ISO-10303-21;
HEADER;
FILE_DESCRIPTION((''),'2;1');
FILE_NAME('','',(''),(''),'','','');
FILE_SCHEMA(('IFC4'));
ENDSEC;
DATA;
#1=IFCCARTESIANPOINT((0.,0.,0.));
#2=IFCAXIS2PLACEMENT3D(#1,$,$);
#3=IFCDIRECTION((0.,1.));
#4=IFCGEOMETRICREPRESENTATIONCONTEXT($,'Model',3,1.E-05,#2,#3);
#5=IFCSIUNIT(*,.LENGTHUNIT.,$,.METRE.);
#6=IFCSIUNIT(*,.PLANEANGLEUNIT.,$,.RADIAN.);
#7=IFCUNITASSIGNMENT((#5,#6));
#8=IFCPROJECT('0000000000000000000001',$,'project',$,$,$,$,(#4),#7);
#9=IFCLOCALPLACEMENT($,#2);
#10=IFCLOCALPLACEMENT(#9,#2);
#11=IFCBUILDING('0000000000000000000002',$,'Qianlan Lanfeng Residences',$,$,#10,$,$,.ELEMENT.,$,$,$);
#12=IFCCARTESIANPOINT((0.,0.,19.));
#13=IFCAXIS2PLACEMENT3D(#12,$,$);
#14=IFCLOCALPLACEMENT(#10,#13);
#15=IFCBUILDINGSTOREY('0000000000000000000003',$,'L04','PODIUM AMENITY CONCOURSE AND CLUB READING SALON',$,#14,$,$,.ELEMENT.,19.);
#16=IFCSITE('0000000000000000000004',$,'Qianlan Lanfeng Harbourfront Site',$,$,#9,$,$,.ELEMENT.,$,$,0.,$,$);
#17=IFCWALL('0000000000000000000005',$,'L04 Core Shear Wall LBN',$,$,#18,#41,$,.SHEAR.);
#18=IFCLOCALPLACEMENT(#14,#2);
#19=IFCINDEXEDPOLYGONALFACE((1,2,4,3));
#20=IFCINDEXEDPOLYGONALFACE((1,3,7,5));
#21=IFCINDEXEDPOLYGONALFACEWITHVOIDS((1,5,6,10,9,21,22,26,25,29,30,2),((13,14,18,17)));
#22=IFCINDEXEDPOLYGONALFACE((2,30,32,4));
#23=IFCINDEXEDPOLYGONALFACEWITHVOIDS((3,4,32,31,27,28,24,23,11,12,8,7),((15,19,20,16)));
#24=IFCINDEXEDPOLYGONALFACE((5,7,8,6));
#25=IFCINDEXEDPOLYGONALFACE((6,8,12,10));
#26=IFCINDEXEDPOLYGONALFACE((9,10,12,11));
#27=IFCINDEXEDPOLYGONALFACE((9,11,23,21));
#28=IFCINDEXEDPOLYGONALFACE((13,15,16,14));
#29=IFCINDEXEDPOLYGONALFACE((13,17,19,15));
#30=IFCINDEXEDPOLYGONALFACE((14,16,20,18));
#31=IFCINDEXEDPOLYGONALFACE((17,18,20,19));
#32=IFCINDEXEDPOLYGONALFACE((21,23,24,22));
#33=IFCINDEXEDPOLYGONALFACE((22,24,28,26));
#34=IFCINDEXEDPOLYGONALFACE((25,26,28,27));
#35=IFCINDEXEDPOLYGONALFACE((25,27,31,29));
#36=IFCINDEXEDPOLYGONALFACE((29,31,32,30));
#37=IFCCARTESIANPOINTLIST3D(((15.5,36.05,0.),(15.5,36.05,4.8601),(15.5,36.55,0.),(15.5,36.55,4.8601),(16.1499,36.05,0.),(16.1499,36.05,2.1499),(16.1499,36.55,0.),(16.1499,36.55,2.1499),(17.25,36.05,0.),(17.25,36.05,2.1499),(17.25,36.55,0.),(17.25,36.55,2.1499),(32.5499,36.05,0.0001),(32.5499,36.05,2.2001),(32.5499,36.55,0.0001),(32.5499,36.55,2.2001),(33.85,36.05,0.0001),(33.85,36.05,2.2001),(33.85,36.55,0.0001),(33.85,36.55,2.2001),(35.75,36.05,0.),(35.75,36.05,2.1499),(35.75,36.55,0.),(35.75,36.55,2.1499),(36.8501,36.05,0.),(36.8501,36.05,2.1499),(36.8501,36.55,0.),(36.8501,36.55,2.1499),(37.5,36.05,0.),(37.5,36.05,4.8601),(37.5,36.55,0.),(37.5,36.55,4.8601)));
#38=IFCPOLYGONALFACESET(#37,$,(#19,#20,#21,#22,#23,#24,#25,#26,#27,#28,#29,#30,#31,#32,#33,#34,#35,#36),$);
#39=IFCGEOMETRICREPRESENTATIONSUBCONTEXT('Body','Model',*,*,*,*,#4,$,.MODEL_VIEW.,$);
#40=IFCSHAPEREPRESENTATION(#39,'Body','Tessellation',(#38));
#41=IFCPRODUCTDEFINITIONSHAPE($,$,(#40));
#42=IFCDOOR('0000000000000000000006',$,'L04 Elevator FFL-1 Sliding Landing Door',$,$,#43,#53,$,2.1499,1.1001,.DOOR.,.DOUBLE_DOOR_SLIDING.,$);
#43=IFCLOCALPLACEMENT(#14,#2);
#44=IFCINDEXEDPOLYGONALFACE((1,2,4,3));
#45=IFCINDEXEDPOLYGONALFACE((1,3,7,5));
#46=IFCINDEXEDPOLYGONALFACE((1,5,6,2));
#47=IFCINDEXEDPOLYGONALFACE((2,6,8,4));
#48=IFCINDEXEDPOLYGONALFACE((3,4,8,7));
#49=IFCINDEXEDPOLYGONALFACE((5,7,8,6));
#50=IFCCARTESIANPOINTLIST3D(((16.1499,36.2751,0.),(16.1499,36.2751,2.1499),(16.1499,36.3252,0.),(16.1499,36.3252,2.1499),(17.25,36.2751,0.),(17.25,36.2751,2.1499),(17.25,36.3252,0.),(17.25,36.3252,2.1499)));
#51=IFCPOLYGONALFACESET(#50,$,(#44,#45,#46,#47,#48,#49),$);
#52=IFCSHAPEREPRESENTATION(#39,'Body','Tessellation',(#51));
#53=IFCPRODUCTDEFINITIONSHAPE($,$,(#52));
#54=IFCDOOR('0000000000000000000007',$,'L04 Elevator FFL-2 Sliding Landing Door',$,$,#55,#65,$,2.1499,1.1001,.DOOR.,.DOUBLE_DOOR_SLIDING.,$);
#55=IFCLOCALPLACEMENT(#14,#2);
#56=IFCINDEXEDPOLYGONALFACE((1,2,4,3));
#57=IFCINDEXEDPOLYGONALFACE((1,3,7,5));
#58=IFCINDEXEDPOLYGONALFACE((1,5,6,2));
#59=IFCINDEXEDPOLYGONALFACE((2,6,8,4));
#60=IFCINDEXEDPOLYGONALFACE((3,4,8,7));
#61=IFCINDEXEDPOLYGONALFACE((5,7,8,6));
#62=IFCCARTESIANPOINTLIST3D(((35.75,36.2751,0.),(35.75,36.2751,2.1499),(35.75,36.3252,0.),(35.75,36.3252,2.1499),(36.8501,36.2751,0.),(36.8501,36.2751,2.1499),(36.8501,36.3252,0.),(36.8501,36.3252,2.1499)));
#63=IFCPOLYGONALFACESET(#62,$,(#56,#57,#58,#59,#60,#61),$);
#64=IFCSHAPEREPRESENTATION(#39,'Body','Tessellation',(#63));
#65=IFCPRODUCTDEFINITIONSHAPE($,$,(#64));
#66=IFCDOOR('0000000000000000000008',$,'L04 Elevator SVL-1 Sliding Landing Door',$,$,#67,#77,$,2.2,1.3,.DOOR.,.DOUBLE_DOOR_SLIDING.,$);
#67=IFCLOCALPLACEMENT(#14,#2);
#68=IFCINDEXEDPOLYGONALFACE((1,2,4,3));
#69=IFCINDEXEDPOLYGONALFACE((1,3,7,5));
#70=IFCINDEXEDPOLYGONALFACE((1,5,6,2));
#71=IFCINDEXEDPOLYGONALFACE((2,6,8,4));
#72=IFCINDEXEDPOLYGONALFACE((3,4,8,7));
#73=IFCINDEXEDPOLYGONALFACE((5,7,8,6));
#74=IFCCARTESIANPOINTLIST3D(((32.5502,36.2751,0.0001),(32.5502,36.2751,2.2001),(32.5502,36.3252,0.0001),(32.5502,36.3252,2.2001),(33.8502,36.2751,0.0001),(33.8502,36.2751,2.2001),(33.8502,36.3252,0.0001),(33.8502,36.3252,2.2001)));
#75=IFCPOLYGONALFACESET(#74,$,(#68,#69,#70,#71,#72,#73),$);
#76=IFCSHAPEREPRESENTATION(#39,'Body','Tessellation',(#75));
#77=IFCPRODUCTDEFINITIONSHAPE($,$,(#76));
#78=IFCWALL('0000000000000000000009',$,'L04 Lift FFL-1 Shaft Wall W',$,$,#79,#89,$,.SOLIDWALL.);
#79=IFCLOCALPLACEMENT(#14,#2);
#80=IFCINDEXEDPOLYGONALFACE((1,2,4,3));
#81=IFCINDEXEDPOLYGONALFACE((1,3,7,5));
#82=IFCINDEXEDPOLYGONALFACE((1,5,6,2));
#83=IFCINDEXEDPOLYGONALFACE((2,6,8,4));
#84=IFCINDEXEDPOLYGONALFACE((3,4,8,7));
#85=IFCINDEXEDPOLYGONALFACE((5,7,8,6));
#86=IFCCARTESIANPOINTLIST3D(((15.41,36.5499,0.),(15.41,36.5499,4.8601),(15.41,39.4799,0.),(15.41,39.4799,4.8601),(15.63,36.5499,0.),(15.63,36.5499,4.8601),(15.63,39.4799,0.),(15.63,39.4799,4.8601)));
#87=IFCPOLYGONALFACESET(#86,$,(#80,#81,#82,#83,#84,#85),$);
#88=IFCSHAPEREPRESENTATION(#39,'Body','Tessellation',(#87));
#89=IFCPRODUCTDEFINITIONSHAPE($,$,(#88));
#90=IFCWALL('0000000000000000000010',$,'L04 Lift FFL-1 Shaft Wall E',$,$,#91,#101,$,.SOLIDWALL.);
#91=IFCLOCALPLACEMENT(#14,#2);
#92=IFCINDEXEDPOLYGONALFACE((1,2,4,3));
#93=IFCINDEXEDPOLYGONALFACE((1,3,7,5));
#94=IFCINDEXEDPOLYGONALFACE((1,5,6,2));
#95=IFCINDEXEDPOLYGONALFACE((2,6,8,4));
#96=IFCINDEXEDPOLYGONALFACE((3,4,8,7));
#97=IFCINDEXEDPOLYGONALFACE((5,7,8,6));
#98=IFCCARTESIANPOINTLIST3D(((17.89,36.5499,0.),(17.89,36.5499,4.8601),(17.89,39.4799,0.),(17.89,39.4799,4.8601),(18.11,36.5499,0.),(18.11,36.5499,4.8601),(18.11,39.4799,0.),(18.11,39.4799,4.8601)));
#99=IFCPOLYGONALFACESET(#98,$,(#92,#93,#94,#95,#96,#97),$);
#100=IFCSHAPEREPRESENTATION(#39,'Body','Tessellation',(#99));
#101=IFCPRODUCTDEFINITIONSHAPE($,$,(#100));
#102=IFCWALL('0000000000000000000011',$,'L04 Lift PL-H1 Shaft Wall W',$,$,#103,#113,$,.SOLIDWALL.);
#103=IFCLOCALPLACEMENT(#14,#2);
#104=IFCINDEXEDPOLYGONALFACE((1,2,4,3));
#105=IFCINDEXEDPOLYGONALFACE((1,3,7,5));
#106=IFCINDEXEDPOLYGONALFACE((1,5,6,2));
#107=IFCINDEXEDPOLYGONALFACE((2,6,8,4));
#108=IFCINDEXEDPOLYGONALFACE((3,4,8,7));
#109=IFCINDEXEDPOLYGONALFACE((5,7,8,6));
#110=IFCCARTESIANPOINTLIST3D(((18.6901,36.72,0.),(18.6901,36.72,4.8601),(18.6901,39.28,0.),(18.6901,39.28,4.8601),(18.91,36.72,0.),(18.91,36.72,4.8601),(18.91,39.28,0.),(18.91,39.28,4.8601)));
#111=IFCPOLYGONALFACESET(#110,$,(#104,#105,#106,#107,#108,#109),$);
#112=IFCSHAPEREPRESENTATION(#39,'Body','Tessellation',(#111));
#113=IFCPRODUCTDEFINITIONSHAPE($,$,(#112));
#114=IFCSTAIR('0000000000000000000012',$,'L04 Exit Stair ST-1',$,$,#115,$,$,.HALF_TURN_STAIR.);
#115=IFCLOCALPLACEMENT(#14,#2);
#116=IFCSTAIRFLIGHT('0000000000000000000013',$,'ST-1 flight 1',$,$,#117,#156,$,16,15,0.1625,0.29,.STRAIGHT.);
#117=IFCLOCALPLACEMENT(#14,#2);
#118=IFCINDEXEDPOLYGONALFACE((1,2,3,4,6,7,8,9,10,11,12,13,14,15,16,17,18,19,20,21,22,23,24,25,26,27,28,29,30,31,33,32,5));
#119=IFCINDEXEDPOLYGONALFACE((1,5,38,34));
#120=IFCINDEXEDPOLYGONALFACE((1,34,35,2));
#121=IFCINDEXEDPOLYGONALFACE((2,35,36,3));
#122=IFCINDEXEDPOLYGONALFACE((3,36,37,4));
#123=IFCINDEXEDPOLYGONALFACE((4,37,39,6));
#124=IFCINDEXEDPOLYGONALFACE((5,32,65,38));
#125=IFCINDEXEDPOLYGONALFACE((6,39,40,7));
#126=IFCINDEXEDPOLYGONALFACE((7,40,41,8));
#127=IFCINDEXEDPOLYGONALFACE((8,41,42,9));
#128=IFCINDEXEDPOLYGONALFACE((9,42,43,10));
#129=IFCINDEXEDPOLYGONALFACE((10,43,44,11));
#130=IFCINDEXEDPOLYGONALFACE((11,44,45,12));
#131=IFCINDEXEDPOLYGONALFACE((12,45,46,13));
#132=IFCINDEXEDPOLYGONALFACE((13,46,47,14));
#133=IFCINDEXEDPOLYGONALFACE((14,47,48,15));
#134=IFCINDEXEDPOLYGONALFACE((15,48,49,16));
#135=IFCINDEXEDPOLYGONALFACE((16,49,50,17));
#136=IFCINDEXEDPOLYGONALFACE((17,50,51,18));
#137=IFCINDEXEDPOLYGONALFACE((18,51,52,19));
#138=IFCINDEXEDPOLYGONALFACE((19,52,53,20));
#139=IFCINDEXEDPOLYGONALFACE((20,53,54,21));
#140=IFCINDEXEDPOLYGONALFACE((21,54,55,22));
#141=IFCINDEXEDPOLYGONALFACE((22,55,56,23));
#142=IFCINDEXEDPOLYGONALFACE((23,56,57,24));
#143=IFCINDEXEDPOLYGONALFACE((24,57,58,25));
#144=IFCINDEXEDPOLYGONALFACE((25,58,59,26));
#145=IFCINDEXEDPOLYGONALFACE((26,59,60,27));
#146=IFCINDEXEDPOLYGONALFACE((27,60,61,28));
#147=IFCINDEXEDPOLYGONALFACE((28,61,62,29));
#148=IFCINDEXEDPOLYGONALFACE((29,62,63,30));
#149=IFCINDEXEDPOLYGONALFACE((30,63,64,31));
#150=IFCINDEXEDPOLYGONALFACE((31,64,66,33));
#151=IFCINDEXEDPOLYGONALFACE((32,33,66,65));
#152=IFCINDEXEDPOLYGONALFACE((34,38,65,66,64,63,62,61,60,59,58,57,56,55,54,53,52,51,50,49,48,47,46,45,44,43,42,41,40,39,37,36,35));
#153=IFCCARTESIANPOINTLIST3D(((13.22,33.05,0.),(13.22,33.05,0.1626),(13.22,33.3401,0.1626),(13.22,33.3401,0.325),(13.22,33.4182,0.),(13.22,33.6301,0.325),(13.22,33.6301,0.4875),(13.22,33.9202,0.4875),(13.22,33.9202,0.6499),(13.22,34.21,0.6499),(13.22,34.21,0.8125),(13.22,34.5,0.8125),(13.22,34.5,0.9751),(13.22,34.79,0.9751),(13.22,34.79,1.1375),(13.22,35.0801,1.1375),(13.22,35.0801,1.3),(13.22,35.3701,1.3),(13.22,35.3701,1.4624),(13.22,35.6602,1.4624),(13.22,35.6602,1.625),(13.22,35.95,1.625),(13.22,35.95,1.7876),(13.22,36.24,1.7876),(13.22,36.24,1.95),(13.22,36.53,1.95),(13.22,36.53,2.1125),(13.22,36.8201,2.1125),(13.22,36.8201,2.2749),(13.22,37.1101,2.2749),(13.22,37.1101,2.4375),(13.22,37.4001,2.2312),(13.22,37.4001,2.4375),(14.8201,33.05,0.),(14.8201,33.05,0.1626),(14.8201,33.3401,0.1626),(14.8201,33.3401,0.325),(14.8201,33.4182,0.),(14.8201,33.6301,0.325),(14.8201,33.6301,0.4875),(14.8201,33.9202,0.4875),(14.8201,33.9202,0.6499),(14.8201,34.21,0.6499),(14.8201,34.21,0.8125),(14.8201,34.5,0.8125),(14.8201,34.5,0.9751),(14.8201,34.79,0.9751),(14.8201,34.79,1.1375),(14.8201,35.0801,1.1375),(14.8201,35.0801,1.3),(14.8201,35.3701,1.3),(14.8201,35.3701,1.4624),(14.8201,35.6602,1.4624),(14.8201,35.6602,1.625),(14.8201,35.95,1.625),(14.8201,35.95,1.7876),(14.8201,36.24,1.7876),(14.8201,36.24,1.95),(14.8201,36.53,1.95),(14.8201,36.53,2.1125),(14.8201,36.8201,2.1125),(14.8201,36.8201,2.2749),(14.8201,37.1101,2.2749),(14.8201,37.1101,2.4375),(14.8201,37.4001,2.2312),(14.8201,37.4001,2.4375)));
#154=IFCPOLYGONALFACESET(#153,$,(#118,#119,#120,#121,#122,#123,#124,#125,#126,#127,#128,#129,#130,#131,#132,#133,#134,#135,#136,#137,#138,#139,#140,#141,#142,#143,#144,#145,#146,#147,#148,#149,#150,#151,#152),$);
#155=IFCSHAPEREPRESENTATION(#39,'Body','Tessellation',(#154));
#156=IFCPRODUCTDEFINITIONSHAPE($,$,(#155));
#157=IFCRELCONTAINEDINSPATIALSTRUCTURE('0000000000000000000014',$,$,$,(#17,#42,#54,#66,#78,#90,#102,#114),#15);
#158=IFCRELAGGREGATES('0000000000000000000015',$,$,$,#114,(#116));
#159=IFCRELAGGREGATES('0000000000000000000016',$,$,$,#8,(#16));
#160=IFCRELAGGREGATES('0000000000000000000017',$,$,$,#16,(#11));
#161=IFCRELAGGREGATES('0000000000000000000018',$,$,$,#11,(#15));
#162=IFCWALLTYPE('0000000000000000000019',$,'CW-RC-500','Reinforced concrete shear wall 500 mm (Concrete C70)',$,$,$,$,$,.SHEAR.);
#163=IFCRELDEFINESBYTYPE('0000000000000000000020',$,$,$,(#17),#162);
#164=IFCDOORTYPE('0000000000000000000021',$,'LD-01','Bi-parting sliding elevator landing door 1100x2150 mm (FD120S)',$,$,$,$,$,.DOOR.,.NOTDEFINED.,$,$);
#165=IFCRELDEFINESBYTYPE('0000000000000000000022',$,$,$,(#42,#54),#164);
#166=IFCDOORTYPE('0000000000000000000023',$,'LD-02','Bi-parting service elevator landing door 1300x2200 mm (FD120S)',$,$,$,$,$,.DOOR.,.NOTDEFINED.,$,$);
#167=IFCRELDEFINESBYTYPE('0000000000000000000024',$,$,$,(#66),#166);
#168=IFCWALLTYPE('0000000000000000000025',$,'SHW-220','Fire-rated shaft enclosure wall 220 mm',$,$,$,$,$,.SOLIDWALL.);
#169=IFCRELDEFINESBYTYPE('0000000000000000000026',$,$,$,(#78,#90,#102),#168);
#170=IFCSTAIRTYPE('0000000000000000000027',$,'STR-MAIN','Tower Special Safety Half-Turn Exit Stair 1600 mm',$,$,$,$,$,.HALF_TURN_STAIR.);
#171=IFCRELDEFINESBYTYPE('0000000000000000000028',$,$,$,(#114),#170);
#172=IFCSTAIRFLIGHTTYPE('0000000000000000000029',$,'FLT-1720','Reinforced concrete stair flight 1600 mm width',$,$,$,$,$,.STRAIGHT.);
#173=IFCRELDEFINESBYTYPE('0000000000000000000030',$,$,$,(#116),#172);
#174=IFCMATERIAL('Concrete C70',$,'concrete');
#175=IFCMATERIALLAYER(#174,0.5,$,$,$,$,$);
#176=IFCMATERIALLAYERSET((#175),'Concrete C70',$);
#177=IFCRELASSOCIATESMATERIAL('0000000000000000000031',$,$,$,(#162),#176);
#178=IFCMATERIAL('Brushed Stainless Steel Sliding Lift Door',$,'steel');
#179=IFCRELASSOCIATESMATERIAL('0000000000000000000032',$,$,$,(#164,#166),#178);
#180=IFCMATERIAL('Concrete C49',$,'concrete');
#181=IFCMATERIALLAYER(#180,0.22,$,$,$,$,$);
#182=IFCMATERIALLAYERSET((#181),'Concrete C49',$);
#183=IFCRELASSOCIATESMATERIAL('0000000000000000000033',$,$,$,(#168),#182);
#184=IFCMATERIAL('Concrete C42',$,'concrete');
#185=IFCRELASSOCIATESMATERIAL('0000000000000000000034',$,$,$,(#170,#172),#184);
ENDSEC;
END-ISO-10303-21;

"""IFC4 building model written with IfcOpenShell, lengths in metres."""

from ifc_helpers import new_model, si_unit, direction, frame, frame_2d, origin, place, context, subcontext, project, spatial, polyline, rectangle, outline, extrude, material, layer, layer_set, type_object, element, fill, aggregate, save


model = new_model("IFC4")

# Units and contexts
model_context = context("Model", 3, precision=1e-05, world=origin(), true_north=direction((0.0, 1.0)))
body_context = subcontext(model_context, "Body", "Model", "MODEL_VIEW")
ifc_project = project(units=[si_unit("LENGTHUNIT", "METRE"), si_unit("PLANEANGLEUNIT", "RADIAN")], contexts=[model_context])

# Site, building, storey
site_placement = place(None, origin())
site = spatial("IfcSite", under=ifc_project, at=site_placement, Name="Qianlan Lanfeng Harbourfront Site", CompositionType="ELEMENT", RefElevation=0.0)
building_placement = place(site_placement, origin())
building = spatial("IfcBuilding", under=site, at=building_placement, Name="Qianlan Lanfeng Residences", CompositionType="ELEMENT")
storey_placement = place(building_placement, frame((0.0, 0.0, 19.0)))
storey = spatial("IfcBuildingStorey", under=building, at=storey_placement, Name="L04", Description="PODIUM AMENITY CONCOURSE AND CLUB READING SALON", CompositionType="ELEMENT", Elevation=19.0)

# Wall, openings, doors
ifc_material_1 = material(Name="Concrete C70", Category="concrete")
ifc_layer_1 = layer(ifc_material_1, 0.5)
ifc_layer_set_1 = layer_set([ifc_layer_1], Name="Concrete C70")
wall_type_1 = type_object("IfcWallType", Name="CW-RC-500", Description="Reinforced concrete shear wall 500 mm (Concrete C70)", PredefinedType="SHEAR", material=ifc_layer_set_1)
wall_1_placement = place(storey_placement, frame((15.5, 36.3, 0.0), z_axis=(0.0, 0.0, 1.0), x_axis=(1.0, 0.0, 0.0)))
wall_1 = element("IfcWall", 1, at=wall_1_placement, inside=storey, type_object=wall_type_1, Name="L04 Core Shear Wall LBN", PredefinedType="SHEAR", context=body_context, shape_type="SweptSolid", body=[
    extrude(rectangle(XDim=22.0, YDim=0.5, at=frame_2d((11.0, 0.0))), origin(), (0.0, 0.0, 1.0), 4.8601),
])
opening_1_placement = place(wall_1_placement, frame((0.6499, 0.0, 0.0)))
opening_1 = element("IfcOpeningElement", 2, at=opening_1_placement, cuts=wall_1, PredefinedType="OPENING", context=body_context, shape_type="SweptSolid", body=[
    extrude(rectangle(XDim=1.1001, YDim=2.1499, at=frame_2d((0.55, 1.075))), frame((0.0, 0.26, 0.0), z_axis=(0.0, -1.0, 0.0), x_axis=(1.0, 0.0, 0.0)), (0.0, 0.0, 1.0), 0.52),
])
opening_2_placement = place(wall_1_placement, frame((20.25, 0.0, 0.0)))
opening_2 = element("IfcOpeningElement", 3, at=opening_2_placement, cuts=wall_1, PredefinedType="OPENING", context=body_context, shape_type="SweptSolid", body=[
    extrude(rectangle(XDim=1.1001, YDim=2.1499, at=frame_2d((0.55, 1.075))), frame((0.0, 0.26, 0.0), z_axis=(0.0, -1.0, 0.0), x_axis=(1.0, 0.0, 0.0)), (0.0, 0.0, 1.0), 0.52),
])
opening_3_placement = place(wall_1_placement, frame((17.05, 0.0, 0.0)))
opening_3 = element("IfcOpeningElement", 4, at=opening_3_placement, cuts=wall_1, PredefinedType="OPENING", context=body_context, shape_type="SweptSolid", body=[
    extrude(rectangle(XDim=1.3, YDim=2.2, at=frame_2d((0.6499, 1.1001))), frame((0.0, 0.26, 0.0), z_axis=(0.0, -1.0, 0.0), x_axis=(1.0, 0.0, 0.0)), (0.0, 0.0, 1.0), 0.52),
])
ifc_material_2 = material(Name="Brushed Stainless Steel Sliding Lift Door", Category="steel")
door_type_1 = type_object("IfcDoorType", Name="LD-01", Description="Bi-parting sliding elevator landing door 1100x2150 mm (FD120S)", OperationType="NOTDEFINED", PredefinedType="DOOR", material=ifc_material_2)
door_1_placement = place(opening_1_placement, frame((1.1001, 0.0, 0.0), z_axis=(0.0, 0.0, 1.0), x_axis=(-1.0, 0.0, 0.0)))
door_1 = element("IfcDoor", 5, at=door_1_placement, inside=storey, type_object=door_type_1, Name="L04 Elevator FFL-1 Sliding Landing Door", OperationType="DOUBLE_DOOR_SLIDING", OverallHeight=2.1499, OverallWidth=1.1001, PredefinedType="DOOR", context=body_context, shape_type="SweptSolid", body=[
    extrude(rectangle(XDim=1.1001, YDim=2.1499, at=frame_2d((0.55, 1.075))), frame((0.0, 0.0249, 0.0), z_axis=(0.0, -1.0, 0.0), x_axis=(1.0, 0.0, 0.0)), (0.0, 0.0, 1.0), 0.05),
])
fill(opening_1, door_1)
door_2_placement = place(opening_2_placement, frame((1.1001, 0.0, 0.0), z_axis=(0.0, 0.0, 1.0), x_axis=(-1.0, 0.0, 0.0)))
door_2 = element("IfcDoor", 6, at=door_2_placement, inside=storey, type_object=door_type_1, Name="L04 Elevator FFL-2 Sliding Landing Door", OperationType="DOUBLE_DOOR_SLIDING", OverallHeight=2.1499, OverallWidth=1.1001, PredefinedType="DOOR", context=body_context, shape_type="SweptSolid", body=[
    extrude(rectangle(XDim=1.1001, YDim=2.1499, at=frame_2d((0.55, 1.075))), frame((0.0, 0.0249, 0.0), z_axis=(0.0, -1.0, 0.0), x_axis=(1.0, 0.0, 0.0)), (0.0, 0.0, 1.0), 0.05),
])
fill(opening_2, door_2)
door_type_2 = type_object("IfcDoorType", Name="LD-02", Description="Bi-parting service elevator landing door 1300x2200 mm (FD120S)", OperationType="NOTDEFINED", PredefinedType="DOOR", material=ifc_material_2)
door_3_placement = place(opening_3_placement, frame((1.3, 0.0, 0.0), z_axis=(0.0, 0.0, 1.0), x_axis=(-1.0, 0.0, 0.0)))
door_3 = element("IfcDoor", 7, at=door_3_placement, inside=storey, type_object=door_type_2, Name="L04 Elevator SVL-1 Sliding Landing Door", OperationType="DOUBLE_DOOR_SLIDING", OverallHeight=2.2, OverallWidth=1.3, PredefinedType="DOOR", context=body_context, shape_type="SweptSolid", body=[
    extrude(rectangle(XDim=1.3, YDim=2.2, at=frame_2d((0.6499, 1.1001))), frame((0.0, 0.0249, 0.0), z_axis=(0.0, -1.0, 0.0), x_axis=(1.0, 0.0, 0.0)), (0.0, 0.0, 1.0), 0.05),
])
fill(opening_3, door_3)

# Walls
ifc_material_3 = material(Name="Concrete C49", Category="concrete")
ifc_layer_2 = layer(ifc_material_3, 0.22)
ifc_layer_set_2 = layer_set([ifc_layer_2], Name="Concrete C49")
wall_type_2 = type_object("IfcWallType", Name="SHW-220", Description="Fire-rated shaft enclosure wall 220 mm", PredefinedType="SOLIDWALL", material=ifc_layer_set_2)
for number, where, z_axis, x_axis, name in (
    (8, (15.52, 36.55, 0.0), (0.0, 0.0, 1.0), (0.0, 1.0, 0.0), "L04 Lift FFL-1 Shaft Wall W"),
    (9, (18.0, 36.55, 0.0), (0.0, 0.0, 1.0), (0.0, 1.0, 0.0), "L04 Lift FFL-1 Shaft Wall E"),
):
    element("IfcWall", number, at=place(storey_placement, frame(where, z_axis=z_axis, x_axis=x_axis)), inside=storey, type_object=wall_type_2, Name=name, PredefinedType="SOLIDWALL", context=body_context, shape_type="SweptSolid", body=[
        extrude(rectangle(XDim=2.9299, YDim=0.22, at=frame_2d((1.4648, 0.0))), origin(), (0.0, 0.0, 1.0), 4.8601),
    ])
wall_2_placement = place(storey_placement, frame((18.8, 36.72, 0.0), z_axis=(0.0, 0.0, 1.0), x_axis=(0.0, 1.0, 0.0)))
element("IfcWall", 10, at=wall_2_placement, inside=storey, type_object=wall_type_2, Name="L04 Lift PL-H1 Shaft Wall W", PredefinedType="SOLIDWALL", context=body_context, shape_type="SweptSolid", body=[
    extrude(rectangle(XDim=2.5601, YDim=0.22, at=frame_2d((1.28, 0.0))), origin(), (0.0, 0.0, 1.0), 4.8601),
])

# Stair, stair flight
ifc_material_4 = material(Name="Concrete C42", Category="concrete")
stair_type = type_object("IfcStairType", Name="STR-MAIN", Description="Tower Special Safety Half-Turn Exit Stair 1600 mm", PredefinedType="HALF_TURN_STAIR", material=ifc_material_4)
stair_placement = place(storey_placement, origin())
stair = element("IfcStair", 11, at=stair_placement, inside=storey, type_object=stair_type, Name="L04 Exit Stair ST-1", PredefinedType="HALF_TURN_STAIR")
stair_flight_type = type_object("IfcStairFlightType", Name="FLT-1720", Description="Reinforced concrete stair flight 1600 mm width", PredefinedType="STRAIGHT", material=ifc_material_4)
stair_flight_1_placement = place(storey_placement, frame((14.02, 33.05, 0.0), z_axis=(0.0, 0.0, 1.0), x_axis=(0.0, 1.0, 0.0)))
stair_flight_1 = element("IfcStairFlight", 12, at=stair_flight_1_placement, type_object=stair_flight_type, Name="ST-1 flight 1", NumberOfRisers=16, NumberOfTreads=15, PredefinedType="STRAIGHT", RiserHeight=0.1625, TreadLength=0.29, context=body_context, shape_type="SweptSolid", body=[
    extrude(outline(polyline([(0.0, 0.0), (0.0, 0.1626), (0.29, 0.1626), (0.29, 0.325), (0.5801, 0.325), (0.5801, 0.4875), (0.8701, 0.4875), (0.8701, 0.6499), (1.1599, 0.6499), (1.1599, 0.8125), (1.45, 0.8125), (1.45, 0.9751), (1.74, 0.9751), (1.74, 1.1375), (2.03, 1.1375), (2.03, 1.3), (2.3201, 1.3), (2.3201, 1.4624), (2.6101, 1.4624), (2.6101, 1.625), (2.8999, 1.625), (2.8999, 1.7876), (3.1899, 1.7876), (3.1899, 1.95), (3.48, 1.95), (3.48, 2.1125), (3.77, 2.1125), (3.77, 2.2749), (4.0601, 2.2749), (4.0601, 2.4375), (4.3501, 2.4375), (4.3501, 2.6001), (4.3501, 2.2312), (0.3682, 0.0), (0.0, 0.0)])), frame((0.0, 0.8, 0.0), z_axis=(0.0, -1.0, 0.0), x_axis=(1.0, 0.0, 0.0)), (0.0, 0.0, 1.0), 1.6001),
])
aggregate(stair, [stair_flight_1])

save(model, "model.ifc")
